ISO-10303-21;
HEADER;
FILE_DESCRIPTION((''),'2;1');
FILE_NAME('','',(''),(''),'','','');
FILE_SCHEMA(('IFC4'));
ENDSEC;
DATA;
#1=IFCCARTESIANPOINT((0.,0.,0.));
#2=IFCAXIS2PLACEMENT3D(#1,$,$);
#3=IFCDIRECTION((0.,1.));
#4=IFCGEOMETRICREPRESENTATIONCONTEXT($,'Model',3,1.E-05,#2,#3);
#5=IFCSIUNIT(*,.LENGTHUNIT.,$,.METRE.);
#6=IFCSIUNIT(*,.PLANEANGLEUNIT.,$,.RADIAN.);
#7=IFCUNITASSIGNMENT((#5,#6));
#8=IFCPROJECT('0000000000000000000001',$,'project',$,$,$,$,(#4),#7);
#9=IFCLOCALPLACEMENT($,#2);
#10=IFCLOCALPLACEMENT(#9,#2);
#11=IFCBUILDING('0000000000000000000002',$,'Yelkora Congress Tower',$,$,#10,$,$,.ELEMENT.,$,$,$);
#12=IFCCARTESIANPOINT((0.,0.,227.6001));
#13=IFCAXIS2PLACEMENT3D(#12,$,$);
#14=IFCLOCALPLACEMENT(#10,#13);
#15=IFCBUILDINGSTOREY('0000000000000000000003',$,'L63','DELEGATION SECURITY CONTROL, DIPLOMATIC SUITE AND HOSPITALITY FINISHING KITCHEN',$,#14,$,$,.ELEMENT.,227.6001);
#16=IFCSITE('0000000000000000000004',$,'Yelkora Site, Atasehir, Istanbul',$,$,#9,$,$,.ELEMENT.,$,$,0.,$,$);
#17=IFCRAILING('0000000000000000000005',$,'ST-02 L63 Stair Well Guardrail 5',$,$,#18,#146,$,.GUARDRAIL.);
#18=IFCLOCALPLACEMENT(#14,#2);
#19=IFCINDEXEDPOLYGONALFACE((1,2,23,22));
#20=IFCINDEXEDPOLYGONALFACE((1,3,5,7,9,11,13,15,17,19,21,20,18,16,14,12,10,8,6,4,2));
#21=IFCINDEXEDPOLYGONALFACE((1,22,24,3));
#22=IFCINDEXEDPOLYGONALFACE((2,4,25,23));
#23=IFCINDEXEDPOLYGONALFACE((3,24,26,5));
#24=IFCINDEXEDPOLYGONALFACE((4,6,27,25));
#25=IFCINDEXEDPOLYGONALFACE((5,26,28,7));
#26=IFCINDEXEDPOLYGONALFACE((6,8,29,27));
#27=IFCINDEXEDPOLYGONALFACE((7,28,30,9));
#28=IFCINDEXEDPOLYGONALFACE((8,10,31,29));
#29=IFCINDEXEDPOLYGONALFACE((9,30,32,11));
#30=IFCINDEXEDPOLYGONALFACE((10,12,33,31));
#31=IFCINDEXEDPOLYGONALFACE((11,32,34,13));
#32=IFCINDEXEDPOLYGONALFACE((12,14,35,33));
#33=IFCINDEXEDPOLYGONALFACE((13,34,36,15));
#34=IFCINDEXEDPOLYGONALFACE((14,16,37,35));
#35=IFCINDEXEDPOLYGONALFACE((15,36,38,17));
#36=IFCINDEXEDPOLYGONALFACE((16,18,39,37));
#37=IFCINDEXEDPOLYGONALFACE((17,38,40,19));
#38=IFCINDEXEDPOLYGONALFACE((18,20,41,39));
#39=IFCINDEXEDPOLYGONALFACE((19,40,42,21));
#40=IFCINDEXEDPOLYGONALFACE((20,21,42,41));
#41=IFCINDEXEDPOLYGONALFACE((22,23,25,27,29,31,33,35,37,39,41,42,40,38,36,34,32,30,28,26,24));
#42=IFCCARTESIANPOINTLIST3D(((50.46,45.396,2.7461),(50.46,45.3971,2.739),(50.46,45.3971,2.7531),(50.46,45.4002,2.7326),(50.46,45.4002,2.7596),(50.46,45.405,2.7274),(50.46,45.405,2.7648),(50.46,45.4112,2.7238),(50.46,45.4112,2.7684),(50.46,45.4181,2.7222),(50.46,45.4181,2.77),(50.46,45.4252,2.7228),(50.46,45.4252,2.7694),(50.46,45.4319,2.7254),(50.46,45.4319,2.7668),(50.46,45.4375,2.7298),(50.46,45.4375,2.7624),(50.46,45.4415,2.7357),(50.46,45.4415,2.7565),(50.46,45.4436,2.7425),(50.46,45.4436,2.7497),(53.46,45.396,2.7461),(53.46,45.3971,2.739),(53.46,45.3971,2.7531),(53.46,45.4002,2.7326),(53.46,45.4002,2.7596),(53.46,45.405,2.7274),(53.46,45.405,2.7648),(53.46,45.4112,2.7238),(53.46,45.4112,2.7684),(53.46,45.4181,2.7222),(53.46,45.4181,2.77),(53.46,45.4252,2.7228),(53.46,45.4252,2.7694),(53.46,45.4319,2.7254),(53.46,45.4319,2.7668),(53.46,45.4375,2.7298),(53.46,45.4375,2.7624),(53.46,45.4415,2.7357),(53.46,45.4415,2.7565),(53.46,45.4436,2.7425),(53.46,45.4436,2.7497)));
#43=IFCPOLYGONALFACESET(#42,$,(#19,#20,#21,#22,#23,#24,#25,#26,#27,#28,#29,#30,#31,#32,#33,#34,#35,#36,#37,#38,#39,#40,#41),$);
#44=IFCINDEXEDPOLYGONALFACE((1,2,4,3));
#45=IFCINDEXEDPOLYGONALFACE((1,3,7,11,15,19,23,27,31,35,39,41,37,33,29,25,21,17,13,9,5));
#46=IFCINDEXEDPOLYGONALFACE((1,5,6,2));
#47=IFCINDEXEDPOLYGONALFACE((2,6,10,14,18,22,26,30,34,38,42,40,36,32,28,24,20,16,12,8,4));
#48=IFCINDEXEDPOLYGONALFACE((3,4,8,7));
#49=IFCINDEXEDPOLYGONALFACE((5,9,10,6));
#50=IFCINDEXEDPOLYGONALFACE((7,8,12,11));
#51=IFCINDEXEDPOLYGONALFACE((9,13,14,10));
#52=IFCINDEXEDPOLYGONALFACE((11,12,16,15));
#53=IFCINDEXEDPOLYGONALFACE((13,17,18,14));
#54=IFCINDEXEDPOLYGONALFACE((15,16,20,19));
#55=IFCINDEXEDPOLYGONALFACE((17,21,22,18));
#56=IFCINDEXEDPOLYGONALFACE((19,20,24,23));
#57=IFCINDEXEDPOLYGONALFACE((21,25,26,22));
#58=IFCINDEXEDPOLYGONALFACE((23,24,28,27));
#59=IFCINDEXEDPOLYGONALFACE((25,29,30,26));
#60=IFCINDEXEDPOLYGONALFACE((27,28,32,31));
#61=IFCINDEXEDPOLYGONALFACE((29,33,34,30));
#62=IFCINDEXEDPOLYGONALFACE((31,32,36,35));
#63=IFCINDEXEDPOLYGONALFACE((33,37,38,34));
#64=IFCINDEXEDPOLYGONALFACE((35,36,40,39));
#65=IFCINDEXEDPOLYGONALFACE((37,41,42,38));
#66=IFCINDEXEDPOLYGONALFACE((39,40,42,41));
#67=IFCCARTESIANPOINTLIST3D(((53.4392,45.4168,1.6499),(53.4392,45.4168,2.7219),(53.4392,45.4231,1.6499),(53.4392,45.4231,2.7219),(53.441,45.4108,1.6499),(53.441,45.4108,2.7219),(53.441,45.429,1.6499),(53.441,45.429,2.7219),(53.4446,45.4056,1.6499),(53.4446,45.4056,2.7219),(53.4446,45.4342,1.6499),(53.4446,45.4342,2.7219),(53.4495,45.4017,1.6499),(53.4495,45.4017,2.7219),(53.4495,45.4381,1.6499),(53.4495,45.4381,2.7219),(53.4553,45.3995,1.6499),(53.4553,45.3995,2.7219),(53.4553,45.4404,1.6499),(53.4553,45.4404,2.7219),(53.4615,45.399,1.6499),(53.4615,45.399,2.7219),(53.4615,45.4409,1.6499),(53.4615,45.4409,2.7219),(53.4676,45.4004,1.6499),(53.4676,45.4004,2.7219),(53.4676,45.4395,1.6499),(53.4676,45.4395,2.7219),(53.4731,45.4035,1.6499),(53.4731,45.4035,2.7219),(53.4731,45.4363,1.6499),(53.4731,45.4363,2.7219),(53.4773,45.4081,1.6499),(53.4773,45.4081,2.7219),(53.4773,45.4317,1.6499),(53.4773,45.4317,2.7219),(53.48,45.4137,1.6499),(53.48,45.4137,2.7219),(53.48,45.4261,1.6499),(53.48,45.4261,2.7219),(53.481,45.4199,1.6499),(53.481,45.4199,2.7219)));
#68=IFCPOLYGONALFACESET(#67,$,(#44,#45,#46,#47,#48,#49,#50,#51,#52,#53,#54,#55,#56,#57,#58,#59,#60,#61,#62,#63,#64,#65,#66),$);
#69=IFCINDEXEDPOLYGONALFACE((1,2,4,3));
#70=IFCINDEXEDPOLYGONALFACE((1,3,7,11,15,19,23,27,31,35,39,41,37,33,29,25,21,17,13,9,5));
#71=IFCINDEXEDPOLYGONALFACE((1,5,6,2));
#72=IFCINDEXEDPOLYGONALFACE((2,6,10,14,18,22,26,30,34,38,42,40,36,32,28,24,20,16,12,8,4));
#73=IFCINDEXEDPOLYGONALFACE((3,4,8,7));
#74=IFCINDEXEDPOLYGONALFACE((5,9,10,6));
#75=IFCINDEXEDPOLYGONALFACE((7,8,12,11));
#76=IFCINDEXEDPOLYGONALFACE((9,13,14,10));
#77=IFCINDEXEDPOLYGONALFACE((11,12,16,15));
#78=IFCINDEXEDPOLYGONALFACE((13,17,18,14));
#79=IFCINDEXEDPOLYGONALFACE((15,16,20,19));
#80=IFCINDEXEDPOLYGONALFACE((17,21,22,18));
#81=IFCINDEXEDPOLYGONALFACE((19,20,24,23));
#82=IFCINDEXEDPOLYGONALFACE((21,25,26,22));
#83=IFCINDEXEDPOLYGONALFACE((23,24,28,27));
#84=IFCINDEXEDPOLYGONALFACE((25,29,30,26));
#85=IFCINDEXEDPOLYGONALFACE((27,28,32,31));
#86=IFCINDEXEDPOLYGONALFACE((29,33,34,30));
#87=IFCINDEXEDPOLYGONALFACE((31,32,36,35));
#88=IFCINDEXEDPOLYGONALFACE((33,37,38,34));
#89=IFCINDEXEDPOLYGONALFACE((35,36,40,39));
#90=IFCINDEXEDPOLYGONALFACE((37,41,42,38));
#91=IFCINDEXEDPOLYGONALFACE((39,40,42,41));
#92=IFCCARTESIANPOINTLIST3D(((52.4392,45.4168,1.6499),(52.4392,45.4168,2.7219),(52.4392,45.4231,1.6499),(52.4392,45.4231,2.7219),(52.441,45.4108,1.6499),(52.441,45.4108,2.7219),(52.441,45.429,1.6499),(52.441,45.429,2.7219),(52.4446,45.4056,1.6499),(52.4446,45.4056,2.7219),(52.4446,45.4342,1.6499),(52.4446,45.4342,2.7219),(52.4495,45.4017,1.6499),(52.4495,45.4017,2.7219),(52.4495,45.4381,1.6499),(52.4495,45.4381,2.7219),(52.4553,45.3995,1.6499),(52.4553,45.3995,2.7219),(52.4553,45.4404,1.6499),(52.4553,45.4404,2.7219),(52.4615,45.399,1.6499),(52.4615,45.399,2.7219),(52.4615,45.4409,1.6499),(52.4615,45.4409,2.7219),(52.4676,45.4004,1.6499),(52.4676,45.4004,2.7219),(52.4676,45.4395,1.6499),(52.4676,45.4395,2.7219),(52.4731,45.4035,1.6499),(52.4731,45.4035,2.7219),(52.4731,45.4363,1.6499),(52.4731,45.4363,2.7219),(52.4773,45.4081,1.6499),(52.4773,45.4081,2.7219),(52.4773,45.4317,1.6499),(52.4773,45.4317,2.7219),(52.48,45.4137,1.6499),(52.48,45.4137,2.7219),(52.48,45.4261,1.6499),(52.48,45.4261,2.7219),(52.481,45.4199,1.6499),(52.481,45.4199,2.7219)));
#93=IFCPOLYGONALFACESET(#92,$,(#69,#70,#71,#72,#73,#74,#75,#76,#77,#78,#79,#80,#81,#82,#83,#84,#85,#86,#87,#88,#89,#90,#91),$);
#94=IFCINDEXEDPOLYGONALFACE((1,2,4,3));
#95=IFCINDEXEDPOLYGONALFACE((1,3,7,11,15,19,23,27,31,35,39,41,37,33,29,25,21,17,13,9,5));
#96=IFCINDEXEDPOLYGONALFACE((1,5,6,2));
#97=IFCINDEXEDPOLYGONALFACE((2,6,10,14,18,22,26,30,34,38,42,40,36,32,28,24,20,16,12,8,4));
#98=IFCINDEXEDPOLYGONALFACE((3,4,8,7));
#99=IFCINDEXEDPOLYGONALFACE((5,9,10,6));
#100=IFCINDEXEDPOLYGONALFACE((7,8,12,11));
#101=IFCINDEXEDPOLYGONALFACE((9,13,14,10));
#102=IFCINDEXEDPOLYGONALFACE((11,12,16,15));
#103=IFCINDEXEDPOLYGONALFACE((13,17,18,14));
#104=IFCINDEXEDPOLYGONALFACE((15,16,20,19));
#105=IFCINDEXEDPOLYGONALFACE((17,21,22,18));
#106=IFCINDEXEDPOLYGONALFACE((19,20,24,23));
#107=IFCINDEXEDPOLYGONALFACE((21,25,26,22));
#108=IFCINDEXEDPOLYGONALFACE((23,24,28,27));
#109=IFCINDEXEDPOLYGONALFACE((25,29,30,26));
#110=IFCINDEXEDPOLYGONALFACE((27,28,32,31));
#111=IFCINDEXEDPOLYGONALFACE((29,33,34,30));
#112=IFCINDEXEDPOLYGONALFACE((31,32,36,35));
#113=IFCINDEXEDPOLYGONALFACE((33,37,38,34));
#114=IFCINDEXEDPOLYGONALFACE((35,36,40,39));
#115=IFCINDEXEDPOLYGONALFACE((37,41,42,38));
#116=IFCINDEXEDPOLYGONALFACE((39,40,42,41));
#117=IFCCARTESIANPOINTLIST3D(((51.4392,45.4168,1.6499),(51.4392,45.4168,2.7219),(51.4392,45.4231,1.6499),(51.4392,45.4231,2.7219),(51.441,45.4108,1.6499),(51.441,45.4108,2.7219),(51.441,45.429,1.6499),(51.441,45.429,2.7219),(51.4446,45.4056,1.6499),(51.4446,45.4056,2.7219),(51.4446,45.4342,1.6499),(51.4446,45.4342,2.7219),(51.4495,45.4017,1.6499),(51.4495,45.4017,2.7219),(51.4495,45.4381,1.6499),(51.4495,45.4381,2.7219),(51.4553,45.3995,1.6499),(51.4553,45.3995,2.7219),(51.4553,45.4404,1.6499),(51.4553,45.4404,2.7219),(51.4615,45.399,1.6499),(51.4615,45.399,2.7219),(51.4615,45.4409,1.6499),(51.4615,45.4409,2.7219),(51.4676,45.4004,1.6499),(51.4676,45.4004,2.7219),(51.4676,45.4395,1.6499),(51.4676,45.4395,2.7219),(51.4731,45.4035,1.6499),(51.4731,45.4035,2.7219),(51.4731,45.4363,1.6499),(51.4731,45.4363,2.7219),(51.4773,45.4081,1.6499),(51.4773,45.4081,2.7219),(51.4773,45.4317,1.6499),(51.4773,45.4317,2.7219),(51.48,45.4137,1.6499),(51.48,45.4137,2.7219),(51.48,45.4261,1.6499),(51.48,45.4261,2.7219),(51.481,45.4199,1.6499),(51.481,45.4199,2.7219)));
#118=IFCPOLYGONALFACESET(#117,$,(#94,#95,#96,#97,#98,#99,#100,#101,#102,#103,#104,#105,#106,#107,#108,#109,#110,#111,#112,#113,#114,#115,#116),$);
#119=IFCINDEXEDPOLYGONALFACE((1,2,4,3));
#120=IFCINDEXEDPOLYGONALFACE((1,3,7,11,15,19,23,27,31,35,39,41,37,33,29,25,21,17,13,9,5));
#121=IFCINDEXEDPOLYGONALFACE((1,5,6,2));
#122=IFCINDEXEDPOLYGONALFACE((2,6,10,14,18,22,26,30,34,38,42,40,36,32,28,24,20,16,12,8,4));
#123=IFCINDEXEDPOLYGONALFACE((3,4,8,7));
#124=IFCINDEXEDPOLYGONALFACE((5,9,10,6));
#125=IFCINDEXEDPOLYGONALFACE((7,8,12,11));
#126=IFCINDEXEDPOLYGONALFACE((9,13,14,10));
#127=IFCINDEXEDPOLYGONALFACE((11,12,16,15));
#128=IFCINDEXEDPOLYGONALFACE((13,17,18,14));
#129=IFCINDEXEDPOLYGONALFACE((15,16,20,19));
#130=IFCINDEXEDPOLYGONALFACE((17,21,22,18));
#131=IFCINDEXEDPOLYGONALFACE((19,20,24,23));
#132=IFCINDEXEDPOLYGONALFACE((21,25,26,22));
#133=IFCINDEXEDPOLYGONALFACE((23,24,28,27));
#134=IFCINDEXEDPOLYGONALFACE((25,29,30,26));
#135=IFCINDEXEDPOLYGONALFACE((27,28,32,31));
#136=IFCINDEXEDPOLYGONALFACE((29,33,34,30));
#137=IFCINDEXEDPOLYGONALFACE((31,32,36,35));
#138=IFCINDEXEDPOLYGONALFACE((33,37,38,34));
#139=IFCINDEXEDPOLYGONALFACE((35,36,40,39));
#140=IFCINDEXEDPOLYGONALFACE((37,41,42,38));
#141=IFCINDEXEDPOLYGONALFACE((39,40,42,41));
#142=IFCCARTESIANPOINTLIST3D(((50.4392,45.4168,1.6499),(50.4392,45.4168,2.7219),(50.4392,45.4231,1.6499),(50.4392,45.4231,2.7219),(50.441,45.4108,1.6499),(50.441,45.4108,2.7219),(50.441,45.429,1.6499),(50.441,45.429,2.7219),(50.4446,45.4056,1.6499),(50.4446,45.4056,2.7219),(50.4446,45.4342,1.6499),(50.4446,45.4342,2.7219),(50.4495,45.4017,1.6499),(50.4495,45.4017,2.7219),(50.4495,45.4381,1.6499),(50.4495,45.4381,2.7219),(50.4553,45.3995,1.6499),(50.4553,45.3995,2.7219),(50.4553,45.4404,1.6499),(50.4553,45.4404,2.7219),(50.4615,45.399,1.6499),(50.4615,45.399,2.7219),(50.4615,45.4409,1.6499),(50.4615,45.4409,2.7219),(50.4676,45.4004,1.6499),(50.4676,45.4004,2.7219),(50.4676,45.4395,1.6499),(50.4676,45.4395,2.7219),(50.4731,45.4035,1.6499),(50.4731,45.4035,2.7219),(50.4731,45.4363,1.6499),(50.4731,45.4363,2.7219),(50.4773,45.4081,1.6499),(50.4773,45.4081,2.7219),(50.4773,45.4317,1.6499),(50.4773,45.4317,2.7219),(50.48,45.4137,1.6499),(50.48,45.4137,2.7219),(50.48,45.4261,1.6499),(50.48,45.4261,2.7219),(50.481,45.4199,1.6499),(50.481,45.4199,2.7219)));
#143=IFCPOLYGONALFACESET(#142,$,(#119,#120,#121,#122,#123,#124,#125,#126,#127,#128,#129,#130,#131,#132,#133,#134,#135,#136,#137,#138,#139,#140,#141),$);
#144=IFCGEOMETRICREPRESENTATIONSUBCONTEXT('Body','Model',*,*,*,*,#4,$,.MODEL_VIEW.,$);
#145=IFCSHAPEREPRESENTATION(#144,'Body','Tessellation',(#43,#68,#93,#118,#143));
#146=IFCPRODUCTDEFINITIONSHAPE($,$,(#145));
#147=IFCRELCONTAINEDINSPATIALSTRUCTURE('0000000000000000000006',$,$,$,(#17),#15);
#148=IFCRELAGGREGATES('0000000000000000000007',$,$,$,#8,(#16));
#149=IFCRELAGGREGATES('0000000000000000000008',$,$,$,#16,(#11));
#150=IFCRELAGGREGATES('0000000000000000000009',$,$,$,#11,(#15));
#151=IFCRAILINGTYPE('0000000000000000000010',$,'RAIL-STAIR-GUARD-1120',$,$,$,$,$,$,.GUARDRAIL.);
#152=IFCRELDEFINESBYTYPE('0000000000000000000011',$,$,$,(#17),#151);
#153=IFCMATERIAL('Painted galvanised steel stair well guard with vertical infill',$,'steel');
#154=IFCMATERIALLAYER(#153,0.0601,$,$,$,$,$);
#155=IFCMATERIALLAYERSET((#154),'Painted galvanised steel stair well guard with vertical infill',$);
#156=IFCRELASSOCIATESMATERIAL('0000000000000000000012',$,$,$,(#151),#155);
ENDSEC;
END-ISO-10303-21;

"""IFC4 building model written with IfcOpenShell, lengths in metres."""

from ifc_helpers import new_model, si_unit, direction, frame, origin, origin_2d, place, context, subcontext, project, spatial, circle, extrude, material, layer, layer_set, type_object, element, save


model = new_model("IFC4")

# Units and contexts
model_context = context("Model", 3, precision=1e-05, world=origin(), true_north=direction((0.0, 1.0)))
body_context = subcontext(model_context, "Body", "Model", "MODEL_VIEW")
ifc_project = project(units=[si_unit("LENGTHUNIT", "METRE"), si_unit("PLANEANGLEUNIT", "RADIAN")], contexts=[model_context])

# Site, building, storey
site_placement = place(None, origin())
site = spatial("IfcSite", under=ifc_project, at=site_placement, Name="Yelkora Site, Atasehir, Istanbul", CompositionType="ELEMENT", RefElevation=0.0)
building_placement = place(site_placement, origin())
building = spatial("IfcBuilding", under=site, at=building_placement, Name="Yelkora Congress Tower", CompositionType="ELEMENT")
storey_placement = place(building_placement, frame((0.0, 0.0, 227.6001)))
storey = spatial("IfcBuildingStorey", under=building, at=storey_placement, Name="L63", Description="DELEGATION SECURITY CONTROL, DIPLOMATIC SUITE AND HOSPITALITY FINISHING KITCHEN", CompositionType="ELEMENT", Elevation=227.6001)

# Railing
ifc_material_1 = material(Name="Painted galvanised steel stair well guard with vertical infill", Category="steel")
ifc_layer_1 = layer(ifc_material_1, 0.0601)
ifc_layer_set_1 = layer_set([ifc_layer_1], Name="Painted galvanised steel stair well guard with vertical infill")
railing_type_1 = type_object("IfcRailingType", Name="RAIL-STAIR-GUARD-1120", PredefinedType="GUARDRAIL", material=ifc_layer_set_1)
railing_1_placement = place(storey_placement, frame((53.46, 45.4199, 1.6499)))
element("IfcRailing", 1, at=railing_1_placement, inside=storey, type_object=railing_type_1, Name="ST-02 L63 Stair Well Guardrail 5", PredefinedType="GUARDRAIL", context=body_context, shape_type="SweptSolid", body=[
    extrude(circle(Radius=0.0239, at=origin_2d()), frame((0.0, 0.0, 1.0962), z_axis=(-1.0, 0.0, 0.0), x_axis=(0.0, -1.0, 0.0)), (0.0, 0.0, 1.0), 3.0),
    extrude(circle(Radius=0.021, at=origin_2d()), origin(), (0.0, 0.0, 1.0), 1.072),
    extrude(circle(Radius=0.021, at=origin_2d()), frame((-1.0, 0.0, 0.0)), (0.0, 0.0, 1.0), 1.072),
    extrude(circle(Radius=0.021, at=origin_2d()), frame((-2.0, 0.0, 0.0)), (0.0, 0.0, 1.0), 1.072),
    extrude(circle(Radius=0.021, at=origin_2d()), frame((-3.0, 0.0, 0.0)), (0.0, 0.0, 1.0), 1.072),
])

save(model, "model.ifc")
